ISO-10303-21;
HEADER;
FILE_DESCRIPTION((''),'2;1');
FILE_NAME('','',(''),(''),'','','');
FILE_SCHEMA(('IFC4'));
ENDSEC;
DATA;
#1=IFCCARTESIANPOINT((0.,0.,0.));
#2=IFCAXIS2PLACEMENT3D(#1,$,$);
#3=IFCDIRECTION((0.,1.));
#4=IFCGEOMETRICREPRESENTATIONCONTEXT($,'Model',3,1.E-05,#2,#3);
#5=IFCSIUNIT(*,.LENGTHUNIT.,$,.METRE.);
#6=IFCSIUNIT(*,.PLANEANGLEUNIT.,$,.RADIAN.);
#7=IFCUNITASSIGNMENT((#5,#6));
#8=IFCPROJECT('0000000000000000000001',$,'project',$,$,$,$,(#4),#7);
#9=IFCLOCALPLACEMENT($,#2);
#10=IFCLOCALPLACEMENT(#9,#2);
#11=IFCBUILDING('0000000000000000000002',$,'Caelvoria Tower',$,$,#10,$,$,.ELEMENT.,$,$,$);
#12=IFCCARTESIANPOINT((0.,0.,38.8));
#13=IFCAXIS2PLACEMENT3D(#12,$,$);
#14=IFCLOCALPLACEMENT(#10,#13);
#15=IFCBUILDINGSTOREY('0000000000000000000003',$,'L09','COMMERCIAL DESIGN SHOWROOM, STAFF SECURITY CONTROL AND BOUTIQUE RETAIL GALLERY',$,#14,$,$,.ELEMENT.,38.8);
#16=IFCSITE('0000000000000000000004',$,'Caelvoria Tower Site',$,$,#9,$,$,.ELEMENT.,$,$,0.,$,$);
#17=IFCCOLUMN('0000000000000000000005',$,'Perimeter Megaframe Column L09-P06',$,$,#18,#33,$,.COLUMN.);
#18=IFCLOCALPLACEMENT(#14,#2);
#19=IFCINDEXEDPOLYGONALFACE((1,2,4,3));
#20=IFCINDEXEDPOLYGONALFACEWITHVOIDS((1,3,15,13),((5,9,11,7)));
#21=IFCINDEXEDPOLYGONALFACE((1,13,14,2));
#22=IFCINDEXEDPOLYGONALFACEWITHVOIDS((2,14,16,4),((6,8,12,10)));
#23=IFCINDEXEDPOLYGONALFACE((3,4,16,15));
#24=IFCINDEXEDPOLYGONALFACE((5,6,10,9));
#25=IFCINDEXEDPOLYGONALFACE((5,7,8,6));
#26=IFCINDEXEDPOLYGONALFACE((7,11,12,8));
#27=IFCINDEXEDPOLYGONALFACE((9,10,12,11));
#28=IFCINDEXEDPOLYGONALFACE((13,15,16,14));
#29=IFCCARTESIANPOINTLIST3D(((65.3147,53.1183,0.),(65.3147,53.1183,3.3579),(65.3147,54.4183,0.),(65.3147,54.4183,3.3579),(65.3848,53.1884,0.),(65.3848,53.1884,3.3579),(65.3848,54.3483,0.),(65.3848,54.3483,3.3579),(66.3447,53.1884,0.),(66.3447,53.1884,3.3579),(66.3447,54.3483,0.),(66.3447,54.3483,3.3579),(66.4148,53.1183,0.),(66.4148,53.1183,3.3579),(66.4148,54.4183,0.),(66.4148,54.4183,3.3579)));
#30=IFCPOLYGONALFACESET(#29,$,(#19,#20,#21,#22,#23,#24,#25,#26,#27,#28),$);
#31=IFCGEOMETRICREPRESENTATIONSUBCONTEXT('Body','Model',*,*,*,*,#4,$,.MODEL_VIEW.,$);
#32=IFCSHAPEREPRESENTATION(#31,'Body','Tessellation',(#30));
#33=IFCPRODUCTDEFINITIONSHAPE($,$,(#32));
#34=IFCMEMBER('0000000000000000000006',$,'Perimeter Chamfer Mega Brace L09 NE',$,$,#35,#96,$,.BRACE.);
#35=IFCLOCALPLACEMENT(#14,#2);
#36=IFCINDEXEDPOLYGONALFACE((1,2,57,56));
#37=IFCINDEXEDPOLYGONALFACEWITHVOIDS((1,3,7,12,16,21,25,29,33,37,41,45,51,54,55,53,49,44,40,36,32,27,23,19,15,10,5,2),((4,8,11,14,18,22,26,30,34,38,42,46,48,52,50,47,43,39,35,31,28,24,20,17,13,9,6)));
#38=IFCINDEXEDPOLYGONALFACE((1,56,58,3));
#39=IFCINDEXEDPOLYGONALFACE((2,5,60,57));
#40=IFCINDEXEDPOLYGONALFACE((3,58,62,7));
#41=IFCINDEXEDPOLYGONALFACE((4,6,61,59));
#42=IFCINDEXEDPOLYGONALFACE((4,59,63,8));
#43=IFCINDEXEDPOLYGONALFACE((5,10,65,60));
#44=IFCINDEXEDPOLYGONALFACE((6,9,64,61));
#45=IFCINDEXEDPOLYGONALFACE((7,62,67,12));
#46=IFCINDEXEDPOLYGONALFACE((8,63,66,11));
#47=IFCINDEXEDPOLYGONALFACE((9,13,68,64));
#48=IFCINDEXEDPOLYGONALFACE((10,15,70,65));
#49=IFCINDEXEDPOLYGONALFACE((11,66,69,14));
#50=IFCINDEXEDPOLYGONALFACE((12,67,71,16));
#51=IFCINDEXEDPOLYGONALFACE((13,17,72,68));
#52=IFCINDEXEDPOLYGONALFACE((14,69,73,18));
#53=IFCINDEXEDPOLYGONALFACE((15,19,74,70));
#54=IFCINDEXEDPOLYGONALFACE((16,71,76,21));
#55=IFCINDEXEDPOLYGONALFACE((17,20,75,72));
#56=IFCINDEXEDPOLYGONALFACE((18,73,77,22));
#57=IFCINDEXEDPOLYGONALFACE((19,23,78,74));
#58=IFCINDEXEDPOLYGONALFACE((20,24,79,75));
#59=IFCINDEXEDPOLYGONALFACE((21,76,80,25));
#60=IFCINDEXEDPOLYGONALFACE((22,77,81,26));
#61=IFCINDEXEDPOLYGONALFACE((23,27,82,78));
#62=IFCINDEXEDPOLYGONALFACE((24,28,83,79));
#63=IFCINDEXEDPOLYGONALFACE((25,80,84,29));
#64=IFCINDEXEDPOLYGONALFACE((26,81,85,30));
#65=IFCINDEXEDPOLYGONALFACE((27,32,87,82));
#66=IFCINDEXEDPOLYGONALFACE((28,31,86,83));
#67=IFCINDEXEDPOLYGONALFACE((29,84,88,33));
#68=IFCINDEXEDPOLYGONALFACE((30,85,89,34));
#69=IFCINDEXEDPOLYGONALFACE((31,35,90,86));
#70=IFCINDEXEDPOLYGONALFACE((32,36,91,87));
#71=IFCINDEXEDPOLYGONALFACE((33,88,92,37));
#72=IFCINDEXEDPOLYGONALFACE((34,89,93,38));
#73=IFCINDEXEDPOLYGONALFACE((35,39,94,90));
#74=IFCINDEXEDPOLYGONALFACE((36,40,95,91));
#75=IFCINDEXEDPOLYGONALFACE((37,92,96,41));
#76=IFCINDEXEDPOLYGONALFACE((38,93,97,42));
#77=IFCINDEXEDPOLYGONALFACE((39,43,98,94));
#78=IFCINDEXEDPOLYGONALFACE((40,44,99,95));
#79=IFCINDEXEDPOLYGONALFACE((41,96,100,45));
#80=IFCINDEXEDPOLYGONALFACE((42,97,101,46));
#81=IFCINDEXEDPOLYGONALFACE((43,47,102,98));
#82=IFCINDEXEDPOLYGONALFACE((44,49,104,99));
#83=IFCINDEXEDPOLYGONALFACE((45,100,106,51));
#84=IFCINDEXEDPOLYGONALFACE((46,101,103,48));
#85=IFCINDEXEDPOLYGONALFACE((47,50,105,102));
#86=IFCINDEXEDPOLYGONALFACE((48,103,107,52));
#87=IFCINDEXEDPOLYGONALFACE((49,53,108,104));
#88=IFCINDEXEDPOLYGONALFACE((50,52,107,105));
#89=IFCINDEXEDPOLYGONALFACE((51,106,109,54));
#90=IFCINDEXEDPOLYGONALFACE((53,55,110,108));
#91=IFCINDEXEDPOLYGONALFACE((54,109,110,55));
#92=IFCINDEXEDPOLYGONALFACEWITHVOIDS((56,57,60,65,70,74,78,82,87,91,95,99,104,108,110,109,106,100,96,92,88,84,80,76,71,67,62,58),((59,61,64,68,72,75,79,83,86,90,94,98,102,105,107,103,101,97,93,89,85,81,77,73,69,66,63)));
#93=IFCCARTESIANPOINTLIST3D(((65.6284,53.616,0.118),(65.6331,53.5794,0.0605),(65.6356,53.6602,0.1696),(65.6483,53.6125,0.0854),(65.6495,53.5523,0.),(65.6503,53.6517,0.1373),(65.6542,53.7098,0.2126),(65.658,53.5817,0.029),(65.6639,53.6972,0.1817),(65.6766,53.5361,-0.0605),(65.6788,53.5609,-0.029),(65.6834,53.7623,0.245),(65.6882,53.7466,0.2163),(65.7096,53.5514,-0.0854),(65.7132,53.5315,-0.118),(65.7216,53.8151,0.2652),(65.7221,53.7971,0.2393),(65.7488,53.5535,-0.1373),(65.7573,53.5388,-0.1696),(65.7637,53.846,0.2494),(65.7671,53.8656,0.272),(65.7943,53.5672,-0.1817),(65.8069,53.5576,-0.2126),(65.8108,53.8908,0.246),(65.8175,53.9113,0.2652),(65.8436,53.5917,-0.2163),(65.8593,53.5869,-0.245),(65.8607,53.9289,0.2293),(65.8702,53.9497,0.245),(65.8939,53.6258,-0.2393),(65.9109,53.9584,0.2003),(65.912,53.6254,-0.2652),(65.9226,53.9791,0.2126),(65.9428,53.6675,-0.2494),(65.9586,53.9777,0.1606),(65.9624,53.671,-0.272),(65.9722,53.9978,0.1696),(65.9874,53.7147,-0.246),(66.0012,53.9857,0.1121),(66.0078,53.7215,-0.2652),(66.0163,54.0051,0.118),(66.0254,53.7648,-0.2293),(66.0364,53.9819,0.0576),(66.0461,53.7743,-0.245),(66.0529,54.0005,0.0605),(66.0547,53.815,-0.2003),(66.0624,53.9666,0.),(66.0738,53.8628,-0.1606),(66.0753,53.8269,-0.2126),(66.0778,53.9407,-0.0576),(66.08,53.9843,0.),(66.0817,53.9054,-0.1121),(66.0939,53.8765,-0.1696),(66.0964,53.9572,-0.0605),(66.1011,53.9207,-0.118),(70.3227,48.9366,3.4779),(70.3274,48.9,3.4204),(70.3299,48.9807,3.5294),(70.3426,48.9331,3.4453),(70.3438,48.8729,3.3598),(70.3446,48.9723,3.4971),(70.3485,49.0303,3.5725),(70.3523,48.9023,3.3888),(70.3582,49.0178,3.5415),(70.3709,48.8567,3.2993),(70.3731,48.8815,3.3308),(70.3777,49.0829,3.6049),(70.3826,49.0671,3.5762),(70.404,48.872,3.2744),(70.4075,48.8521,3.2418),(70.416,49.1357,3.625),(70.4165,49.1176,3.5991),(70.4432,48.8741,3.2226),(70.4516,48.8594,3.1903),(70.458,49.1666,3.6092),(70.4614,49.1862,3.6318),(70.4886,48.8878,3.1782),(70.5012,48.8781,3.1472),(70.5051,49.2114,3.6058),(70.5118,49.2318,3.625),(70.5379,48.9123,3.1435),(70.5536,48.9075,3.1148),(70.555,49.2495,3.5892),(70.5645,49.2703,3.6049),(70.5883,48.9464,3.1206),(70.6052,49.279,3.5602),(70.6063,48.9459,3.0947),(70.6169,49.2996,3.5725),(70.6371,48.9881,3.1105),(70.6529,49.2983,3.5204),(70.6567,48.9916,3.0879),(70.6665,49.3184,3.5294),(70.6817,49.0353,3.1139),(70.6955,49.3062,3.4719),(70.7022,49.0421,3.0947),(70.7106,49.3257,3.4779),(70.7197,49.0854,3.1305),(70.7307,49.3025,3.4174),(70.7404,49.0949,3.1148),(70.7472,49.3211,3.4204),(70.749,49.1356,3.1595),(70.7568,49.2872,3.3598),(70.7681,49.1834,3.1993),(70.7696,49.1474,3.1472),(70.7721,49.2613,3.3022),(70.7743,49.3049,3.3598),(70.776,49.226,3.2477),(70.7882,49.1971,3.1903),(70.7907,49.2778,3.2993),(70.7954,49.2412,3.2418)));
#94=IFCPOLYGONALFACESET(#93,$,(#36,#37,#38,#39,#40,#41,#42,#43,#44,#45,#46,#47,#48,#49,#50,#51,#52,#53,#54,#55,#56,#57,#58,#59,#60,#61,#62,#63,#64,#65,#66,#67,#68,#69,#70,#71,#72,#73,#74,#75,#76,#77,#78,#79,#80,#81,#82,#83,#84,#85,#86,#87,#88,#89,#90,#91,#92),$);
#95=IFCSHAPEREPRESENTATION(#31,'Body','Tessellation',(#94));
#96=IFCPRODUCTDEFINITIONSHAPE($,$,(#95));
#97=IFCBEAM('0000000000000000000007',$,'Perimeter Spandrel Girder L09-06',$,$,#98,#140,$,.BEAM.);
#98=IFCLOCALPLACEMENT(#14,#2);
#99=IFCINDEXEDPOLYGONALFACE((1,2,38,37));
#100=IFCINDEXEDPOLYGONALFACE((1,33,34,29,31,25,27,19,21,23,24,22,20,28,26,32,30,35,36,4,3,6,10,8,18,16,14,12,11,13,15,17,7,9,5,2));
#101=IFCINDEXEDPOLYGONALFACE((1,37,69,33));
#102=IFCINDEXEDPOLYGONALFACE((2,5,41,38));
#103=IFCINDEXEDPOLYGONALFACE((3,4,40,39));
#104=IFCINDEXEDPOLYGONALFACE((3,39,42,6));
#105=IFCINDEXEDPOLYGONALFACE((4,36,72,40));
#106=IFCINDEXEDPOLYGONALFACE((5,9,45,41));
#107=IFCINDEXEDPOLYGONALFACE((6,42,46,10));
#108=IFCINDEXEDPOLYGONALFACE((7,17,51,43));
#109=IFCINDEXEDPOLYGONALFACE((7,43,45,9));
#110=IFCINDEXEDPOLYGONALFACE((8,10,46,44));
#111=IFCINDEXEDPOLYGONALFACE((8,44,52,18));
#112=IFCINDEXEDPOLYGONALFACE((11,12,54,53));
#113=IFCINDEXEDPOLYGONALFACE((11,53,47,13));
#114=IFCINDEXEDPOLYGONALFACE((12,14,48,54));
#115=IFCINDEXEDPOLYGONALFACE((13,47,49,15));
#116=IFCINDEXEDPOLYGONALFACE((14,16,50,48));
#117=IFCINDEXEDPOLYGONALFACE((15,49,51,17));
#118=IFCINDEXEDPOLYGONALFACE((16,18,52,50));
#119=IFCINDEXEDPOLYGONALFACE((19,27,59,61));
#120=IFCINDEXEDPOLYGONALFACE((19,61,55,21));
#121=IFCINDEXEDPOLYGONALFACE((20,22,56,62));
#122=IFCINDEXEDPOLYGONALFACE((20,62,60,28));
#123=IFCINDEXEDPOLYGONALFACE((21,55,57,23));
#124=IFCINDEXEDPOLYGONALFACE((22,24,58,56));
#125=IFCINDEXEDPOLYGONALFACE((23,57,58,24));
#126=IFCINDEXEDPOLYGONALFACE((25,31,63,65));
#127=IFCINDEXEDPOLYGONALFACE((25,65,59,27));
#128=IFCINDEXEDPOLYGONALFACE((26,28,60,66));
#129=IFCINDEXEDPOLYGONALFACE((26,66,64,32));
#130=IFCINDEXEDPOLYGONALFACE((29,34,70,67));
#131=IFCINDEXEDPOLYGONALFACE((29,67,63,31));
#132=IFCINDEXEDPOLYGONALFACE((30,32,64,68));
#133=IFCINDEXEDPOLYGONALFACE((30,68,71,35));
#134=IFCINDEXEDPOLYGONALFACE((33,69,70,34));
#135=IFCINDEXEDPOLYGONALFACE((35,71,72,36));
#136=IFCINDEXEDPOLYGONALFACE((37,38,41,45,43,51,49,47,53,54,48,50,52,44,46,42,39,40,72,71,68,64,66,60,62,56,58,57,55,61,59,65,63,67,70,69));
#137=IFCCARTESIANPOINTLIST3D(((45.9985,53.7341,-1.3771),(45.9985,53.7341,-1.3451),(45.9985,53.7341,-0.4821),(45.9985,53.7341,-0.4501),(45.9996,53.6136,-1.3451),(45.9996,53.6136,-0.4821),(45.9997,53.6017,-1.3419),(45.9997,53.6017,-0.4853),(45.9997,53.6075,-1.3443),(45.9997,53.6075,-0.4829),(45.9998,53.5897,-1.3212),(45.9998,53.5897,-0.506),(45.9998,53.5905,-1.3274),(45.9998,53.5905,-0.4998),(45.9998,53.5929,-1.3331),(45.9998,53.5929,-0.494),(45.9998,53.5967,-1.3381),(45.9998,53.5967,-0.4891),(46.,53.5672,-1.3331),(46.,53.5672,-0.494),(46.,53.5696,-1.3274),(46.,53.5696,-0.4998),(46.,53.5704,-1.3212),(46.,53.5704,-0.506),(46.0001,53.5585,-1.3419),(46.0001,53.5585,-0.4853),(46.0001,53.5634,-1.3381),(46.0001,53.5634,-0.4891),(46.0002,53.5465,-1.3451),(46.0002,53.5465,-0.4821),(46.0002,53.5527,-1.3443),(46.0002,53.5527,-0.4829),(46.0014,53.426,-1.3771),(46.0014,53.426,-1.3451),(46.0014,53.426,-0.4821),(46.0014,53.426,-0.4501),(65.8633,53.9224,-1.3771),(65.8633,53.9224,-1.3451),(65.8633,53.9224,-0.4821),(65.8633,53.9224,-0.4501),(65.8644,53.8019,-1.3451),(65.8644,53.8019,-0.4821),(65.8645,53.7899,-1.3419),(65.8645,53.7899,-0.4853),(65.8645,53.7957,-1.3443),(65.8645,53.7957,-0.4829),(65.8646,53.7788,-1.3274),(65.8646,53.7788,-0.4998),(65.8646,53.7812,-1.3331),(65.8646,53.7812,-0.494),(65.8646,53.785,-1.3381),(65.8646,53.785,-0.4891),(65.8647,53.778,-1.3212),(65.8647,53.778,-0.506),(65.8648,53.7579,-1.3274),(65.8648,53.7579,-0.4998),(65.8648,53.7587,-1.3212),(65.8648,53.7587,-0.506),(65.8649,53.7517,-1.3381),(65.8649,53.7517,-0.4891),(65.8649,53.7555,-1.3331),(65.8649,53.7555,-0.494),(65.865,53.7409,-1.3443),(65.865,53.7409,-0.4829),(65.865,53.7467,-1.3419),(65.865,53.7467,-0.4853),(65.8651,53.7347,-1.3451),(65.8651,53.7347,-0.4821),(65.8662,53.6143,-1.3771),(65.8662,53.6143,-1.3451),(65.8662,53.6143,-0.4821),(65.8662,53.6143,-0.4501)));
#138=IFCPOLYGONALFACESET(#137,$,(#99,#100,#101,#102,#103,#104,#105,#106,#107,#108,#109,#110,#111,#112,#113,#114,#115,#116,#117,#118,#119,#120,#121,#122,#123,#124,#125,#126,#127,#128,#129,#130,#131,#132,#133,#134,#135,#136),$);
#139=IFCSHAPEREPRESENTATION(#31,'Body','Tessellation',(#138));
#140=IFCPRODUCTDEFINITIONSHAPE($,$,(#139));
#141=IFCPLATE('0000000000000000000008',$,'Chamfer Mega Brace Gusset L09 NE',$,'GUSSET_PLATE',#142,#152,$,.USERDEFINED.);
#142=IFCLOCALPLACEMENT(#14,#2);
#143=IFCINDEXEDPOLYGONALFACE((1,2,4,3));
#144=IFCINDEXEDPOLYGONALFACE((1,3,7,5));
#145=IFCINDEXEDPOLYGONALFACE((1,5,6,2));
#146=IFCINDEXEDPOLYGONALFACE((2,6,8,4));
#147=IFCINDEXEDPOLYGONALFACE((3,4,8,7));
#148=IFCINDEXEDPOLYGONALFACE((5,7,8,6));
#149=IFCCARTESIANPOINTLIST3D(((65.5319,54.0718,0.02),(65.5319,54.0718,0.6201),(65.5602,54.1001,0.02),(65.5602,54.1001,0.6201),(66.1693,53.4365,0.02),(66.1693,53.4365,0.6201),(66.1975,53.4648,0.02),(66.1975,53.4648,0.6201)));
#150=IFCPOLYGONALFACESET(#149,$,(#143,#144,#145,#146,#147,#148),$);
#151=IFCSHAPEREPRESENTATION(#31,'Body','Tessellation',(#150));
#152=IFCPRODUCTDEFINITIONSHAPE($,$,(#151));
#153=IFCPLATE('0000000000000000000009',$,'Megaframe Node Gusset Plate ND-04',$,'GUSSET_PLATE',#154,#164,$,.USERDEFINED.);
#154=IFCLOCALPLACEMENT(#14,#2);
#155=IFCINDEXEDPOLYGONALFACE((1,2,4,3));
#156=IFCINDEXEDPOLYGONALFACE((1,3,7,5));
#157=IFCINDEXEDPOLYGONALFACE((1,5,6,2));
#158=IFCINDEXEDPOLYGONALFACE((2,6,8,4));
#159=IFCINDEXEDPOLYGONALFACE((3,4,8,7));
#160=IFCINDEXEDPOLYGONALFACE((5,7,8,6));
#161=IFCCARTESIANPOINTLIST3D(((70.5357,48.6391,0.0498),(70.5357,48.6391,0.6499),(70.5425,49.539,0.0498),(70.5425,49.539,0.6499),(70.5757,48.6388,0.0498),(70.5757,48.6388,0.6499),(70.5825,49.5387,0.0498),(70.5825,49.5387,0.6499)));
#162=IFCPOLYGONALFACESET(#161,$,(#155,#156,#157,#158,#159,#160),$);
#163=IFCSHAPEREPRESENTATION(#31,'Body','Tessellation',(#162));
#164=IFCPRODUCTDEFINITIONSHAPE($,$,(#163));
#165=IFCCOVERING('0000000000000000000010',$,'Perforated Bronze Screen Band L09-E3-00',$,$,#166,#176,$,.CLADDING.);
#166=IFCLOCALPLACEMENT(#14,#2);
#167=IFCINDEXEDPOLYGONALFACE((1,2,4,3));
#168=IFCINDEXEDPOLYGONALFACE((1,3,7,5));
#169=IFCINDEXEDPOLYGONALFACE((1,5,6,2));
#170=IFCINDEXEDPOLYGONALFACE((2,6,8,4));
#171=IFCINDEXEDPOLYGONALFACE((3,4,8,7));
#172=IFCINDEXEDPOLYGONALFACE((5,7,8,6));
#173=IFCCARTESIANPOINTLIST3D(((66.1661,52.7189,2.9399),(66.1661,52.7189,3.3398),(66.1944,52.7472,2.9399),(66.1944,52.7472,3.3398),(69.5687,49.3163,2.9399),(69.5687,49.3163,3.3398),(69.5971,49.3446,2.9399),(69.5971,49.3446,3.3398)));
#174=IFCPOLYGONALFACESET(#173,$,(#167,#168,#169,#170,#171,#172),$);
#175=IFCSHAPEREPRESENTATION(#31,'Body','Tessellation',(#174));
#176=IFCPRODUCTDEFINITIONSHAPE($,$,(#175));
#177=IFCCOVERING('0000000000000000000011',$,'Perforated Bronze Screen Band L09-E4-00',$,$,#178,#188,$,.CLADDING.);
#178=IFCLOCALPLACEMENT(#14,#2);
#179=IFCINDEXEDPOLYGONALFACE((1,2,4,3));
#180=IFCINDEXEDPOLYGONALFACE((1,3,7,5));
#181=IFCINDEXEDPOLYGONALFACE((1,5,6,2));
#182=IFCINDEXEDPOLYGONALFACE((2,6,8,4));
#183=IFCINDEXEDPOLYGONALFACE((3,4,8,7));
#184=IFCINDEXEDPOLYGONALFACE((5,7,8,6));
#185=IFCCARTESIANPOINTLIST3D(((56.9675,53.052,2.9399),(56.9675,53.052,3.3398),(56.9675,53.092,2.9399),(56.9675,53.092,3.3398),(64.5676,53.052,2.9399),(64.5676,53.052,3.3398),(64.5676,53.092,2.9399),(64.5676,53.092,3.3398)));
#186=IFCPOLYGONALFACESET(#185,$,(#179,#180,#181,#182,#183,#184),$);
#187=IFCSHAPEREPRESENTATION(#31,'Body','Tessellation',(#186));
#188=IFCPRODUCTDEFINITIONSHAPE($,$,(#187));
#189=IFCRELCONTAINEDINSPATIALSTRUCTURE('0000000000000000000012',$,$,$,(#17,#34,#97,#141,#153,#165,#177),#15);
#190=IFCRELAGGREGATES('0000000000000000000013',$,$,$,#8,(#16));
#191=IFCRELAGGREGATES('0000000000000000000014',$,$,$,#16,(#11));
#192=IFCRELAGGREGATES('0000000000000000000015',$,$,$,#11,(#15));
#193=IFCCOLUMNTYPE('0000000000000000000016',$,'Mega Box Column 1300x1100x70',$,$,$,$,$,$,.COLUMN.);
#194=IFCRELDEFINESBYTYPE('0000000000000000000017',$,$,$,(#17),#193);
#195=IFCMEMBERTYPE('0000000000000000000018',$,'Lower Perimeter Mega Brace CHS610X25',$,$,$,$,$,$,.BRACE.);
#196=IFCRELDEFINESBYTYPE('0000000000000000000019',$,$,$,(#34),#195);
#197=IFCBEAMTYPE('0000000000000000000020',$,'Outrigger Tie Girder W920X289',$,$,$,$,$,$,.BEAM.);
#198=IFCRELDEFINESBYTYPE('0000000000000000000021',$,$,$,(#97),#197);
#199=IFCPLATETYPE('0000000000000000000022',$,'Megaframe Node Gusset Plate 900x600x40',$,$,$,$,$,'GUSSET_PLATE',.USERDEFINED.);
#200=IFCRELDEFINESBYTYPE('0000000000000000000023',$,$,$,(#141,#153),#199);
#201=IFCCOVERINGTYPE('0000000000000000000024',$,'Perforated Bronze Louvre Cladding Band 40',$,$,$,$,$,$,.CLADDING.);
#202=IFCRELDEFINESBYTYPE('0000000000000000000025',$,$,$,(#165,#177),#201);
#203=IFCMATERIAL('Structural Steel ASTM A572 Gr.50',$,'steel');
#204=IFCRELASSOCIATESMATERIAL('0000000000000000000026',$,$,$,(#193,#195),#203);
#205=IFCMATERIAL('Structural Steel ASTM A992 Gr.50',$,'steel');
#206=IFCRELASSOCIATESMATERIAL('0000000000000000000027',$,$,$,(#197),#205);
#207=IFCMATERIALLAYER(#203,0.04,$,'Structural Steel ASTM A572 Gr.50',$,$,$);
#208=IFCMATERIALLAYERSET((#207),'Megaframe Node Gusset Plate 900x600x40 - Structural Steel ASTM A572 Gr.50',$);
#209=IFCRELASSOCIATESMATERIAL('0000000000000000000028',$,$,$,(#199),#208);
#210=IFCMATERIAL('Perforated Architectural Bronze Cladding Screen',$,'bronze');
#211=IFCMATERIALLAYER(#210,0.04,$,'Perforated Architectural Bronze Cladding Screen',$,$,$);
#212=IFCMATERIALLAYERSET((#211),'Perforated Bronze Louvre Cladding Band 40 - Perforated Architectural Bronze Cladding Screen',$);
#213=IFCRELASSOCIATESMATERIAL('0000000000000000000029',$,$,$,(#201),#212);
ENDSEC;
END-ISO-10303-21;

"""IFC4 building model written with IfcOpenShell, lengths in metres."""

from ifc_helpers import new_model, si_unit, direction, frame, origin, origin_2d, place, context, subcontext, project, spatial, rectangle, hollow_rectangle, hollow_circle, i_section, extrude, material, layer, layer_set, material_profile, profile_set, type_object, element, save


model = new_model("IFC4")

# Units and contexts
model_context = context("Model", 3, precision=1e-05, world=origin(), true_north=direction((0.0, 1.0)))
body_context = subcontext(model_context, "Body", "Model", "MODEL_VIEW")
ifc_project = project(units=[si_unit("LENGTHUNIT", "METRE"), si_unit("PLANEANGLEUNIT", "RADIAN")], contexts=[model_context])

# Site, building, storey
site_placement = place(None, origin())
site = spatial("IfcSite", under=ifc_project, at=site_placement, Name="Caelvoria Tower Site", CompositionType="ELEMENT", RefElevation=0.0)
building_placement = place(site_placement, origin())
building = spatial("IfcBuilding", under=site, at=building_placement, Name="Caelvoria Tower", CompositionType="ELEMENT")
storey_placement = place(building_placement, frame((0.0, 0.0, 38.8)))
storey = spatial("IfcBuildingStorey", under=building, at=storey_placement, Name="L09", Description="COMMERCIAL DESIGN SHOWROOM, STAFF SECURITY CONTROL AND BOUTIQUE RETAIL GALLERY", CompositionType="ELEMENT", Elevation=38.8)

# Column
ifc_material_1 = material(Name="Structural Steel ASTM A572 Gr.50", Category="steel")
ifc_material_profile_1 = material_profile(ifc_material_1, hollow_rectangle(XDim=1.1001, YDim=1.3, WallThickness=0.0701, at=origin_2d()), Name="Structural Steel ASTM A572 Gr.50")
ifc_profile_set_1 = profile_set([ifc_material_profile_1], Name="BOX1300X1100X70 - Structural Steel ASTM A572 Gr.50")
column_type = type_object("IfcColumnType", Name="Mega Box Column 1300x1100x70", PredefinedType="COLUMN", material=ifc_profile_set_1)
column_placement = place(storey_placement, frame((65.8647, 53.7683, 0.0), z_axis=(0.0, 0.0, 1.0), x_axis=(1.0, 0.0, 0.0)))
element("IfcColumn", 1, at=column_placement, inside=storey, type_object=column_type, Name="Perimeter Megaframe Column L09-P06", PredefinedType="COLUMN", context=body_context, shape_type="SweptSolid", body=[
    extrude(hollow_rectangle(XDim=1.1001, YDim=1.3, WallThickness=0.0701, at=origin_2d()), origin(), (0.0, 0.0, 1.0), 3.3579),
])

# Member
ifc_material_profile_2 = material_profile(ifc_material_1, hollow_circle(Radius=0.3049, WallThickness=0.0249, at=origin_2d()), Name="Structural Steel ASTM A572 Gr.50")
ifc_profile_set_2 = profile_set([ifc_material_profile_2], Name="CHS610X25 - Structural Steel ASTM A572 Gr.50")
member_type = type_object("IfcMemberType", Name="Lower Perimeter Mega Brace CHS610X25", PredefinedType="BRACE", material=ifc_profile_set_2)
member_placement = place(storey_placement, frame((65.8647, 53.7683, 0.0), z_axis=(0.631707, -0.629703, 0.45213), x_axis=(0.705982, 0.708229, 0.0)))
element("IfcMember", 2, at=member_placement, inside=storey, type_object=member_type, Name="Perimeter Chamfer Mega Brace L09 NE", PredefinedType="BRACE", context=body_context, shape_type="SweptSolid", body=[
    extrude(hollow_circle(Radius=0.3049, WallThickness=0.0249, at=origin_2d()), origin(), (0.0, 0.0, 1.0), 7.4312),
])

# Beam
ifc_material_2 = material(Name="Structural Steel ASTM A992 Gr.50", Category="steel")
ifc_material_profile_3 = material_profile(ifc_material_2, i_section(OverallWidth=0.3081, OverallDepth=0.927, WebThickness=0.0193, FlangeThickness=0.032, FilletRadius=0.0239, at=origin_2d()), Name="Structural Steel ASTM A992 Gr.50")
ifc_profile_set_3 = profile_set([ifc_material_profile_3], Name="W920X289 - Structural Steel ASTM A992 Gr.50")
beam_type = type_object("IfcBeamType", Name="Outrigger Tie Girder W920X289", PredefinedType="BEAM", material=ifc_profile_set_3)
beam_placement = place(storey_placement, frame((65.8647, 53.7683, -0.9136), z_axis=(-0.999955, -0.009475, 0.0), x_axis=(0.009475, -0.999955, 0.0)))
element("IfcBeam", 3, at=beam_placement, inside=storey, type_object=beam_type, Name="Perimeter Spandrel Girder L09-06", PredefinedType="BEAM", context=body_context, shape_type="SweptSolid", body=[
    extrude(i_section(OverallWidth=0.3081, OverallDepth=0.927, WebThickness=0.0193, FlangeThickness=0.032, FilletRadius=0.0239, at=origin_2d()), origin(), (0.0, 0.0, 1.0), 19.8657),
])

# Plates
ifc_layer_1 = layer(ifc_material_1, 0.04, Name="Structural Steel ASTM A572 Gr.50")
ifc_layer_set_1 = layer_set([ifc_layer_1], Name="Megaframe Node Gusset Plate 900x600x40 - Structural Steel ASTM A572 Gr.50")
plate_type = type_object("IfcPlateType", Name="Megaframe Node Gusset Plate 900x600x40", ElementType="GUSSET_PLATE", PredefinedType="USERDEFINED", material=ifc_layer_set_1)
for number, where, z_axis, x_axis, name in (
    (4, (65.8647, 53.7683, 0.02), (0.0, 0.0, 1.0), (0.70823, -0.705982, 0.0), "Chamfer Mega Brace Gusset L09 NE"),
    (5, (70.5591, 49.0889, 0.0498), (0.0, 0.0, 1.0), (-0.007548, -0.999972, 0.0), "Megaframe Node Gusset Plate ND-04"),
):
    element("IfcPlate", number, at=place(storey_placement, frame(where, z_axis=z_axis, x_axis=x_axis)), inside=storey, type_object=plate_type, Name=name, ObjectType="GUSSET_PLATE", PredefinedType="USERDEFINED", context=body_context, shape_type="SweptSolid", body=[
        extrude(rectangle(XDim=0.8999, YDim=0.04, at=origin_2d()), origin(), (0.0, 0.0, 1.0), 0.6001),
    ])

# Coverings
ifc_material_3 = material(Name="Perforated Architectural Bronze Cladding Screen", Category="bronze")
ifc_layer_2 = layer(ifc_material_3, 0.04, Name="Perforated Architectural Bronze Cladding Screen")
ifc_layer_set_2 = layer_set([ifc_layer_2], Name="Perforated Bronze Louvre Cladding Band 40 - Perforated Architectural Bronze Cladding Screen")
covering_type = type_object("IfcCoveringType", Name="Perforated Bronze Louvre Cladding Band 40", PredefinedType="CLADDING", material=ifc_layer_set_2)
covering_1_placement = place(storey_placement, frame((67.8816, 51.0317, 2.9399), z_axis=(0.0, 0.0, 1.0), x_axis=(-0.707107, 0.707107, 0.0)))
element("IfcCovering", 6, at=covering_1_placement, inside=storey, type_object=covering_type, Name="Perforated Bronze Screen Band L09-E3-00", PredefinedType="CLADDING", context=body_context, shape_type="SweptSolid", body=[
    extrude(rectangle(XDim=4.812, YDim=0.04, at=origin_2d()), origin(), (0.0, 0.0, 1.0), 0.3999),
])
covering_2_placement = place(storey_placement, frame((60.7676, 53.072, 2.9399), z_axis=(0.0, 0.0, 1.0), x_axis=(-1.0, 0.0, 0.0)))
element("IfcCovering", 7, at=covering_2_placement, inside=storey, type_object=covering_type, Name="Perforated Bronze Screen Band L09-E4-00", PredefinedType="CLADDING", context=body_context, shape_type="SweptSolid", body=[
    extrude(rectangle(XDim=7.6001, YDim=0.04, at=origin_2d()), origin(), (0.0, 0.0, 1.0), 0.3999),
])

save(model, "model.ifc")
